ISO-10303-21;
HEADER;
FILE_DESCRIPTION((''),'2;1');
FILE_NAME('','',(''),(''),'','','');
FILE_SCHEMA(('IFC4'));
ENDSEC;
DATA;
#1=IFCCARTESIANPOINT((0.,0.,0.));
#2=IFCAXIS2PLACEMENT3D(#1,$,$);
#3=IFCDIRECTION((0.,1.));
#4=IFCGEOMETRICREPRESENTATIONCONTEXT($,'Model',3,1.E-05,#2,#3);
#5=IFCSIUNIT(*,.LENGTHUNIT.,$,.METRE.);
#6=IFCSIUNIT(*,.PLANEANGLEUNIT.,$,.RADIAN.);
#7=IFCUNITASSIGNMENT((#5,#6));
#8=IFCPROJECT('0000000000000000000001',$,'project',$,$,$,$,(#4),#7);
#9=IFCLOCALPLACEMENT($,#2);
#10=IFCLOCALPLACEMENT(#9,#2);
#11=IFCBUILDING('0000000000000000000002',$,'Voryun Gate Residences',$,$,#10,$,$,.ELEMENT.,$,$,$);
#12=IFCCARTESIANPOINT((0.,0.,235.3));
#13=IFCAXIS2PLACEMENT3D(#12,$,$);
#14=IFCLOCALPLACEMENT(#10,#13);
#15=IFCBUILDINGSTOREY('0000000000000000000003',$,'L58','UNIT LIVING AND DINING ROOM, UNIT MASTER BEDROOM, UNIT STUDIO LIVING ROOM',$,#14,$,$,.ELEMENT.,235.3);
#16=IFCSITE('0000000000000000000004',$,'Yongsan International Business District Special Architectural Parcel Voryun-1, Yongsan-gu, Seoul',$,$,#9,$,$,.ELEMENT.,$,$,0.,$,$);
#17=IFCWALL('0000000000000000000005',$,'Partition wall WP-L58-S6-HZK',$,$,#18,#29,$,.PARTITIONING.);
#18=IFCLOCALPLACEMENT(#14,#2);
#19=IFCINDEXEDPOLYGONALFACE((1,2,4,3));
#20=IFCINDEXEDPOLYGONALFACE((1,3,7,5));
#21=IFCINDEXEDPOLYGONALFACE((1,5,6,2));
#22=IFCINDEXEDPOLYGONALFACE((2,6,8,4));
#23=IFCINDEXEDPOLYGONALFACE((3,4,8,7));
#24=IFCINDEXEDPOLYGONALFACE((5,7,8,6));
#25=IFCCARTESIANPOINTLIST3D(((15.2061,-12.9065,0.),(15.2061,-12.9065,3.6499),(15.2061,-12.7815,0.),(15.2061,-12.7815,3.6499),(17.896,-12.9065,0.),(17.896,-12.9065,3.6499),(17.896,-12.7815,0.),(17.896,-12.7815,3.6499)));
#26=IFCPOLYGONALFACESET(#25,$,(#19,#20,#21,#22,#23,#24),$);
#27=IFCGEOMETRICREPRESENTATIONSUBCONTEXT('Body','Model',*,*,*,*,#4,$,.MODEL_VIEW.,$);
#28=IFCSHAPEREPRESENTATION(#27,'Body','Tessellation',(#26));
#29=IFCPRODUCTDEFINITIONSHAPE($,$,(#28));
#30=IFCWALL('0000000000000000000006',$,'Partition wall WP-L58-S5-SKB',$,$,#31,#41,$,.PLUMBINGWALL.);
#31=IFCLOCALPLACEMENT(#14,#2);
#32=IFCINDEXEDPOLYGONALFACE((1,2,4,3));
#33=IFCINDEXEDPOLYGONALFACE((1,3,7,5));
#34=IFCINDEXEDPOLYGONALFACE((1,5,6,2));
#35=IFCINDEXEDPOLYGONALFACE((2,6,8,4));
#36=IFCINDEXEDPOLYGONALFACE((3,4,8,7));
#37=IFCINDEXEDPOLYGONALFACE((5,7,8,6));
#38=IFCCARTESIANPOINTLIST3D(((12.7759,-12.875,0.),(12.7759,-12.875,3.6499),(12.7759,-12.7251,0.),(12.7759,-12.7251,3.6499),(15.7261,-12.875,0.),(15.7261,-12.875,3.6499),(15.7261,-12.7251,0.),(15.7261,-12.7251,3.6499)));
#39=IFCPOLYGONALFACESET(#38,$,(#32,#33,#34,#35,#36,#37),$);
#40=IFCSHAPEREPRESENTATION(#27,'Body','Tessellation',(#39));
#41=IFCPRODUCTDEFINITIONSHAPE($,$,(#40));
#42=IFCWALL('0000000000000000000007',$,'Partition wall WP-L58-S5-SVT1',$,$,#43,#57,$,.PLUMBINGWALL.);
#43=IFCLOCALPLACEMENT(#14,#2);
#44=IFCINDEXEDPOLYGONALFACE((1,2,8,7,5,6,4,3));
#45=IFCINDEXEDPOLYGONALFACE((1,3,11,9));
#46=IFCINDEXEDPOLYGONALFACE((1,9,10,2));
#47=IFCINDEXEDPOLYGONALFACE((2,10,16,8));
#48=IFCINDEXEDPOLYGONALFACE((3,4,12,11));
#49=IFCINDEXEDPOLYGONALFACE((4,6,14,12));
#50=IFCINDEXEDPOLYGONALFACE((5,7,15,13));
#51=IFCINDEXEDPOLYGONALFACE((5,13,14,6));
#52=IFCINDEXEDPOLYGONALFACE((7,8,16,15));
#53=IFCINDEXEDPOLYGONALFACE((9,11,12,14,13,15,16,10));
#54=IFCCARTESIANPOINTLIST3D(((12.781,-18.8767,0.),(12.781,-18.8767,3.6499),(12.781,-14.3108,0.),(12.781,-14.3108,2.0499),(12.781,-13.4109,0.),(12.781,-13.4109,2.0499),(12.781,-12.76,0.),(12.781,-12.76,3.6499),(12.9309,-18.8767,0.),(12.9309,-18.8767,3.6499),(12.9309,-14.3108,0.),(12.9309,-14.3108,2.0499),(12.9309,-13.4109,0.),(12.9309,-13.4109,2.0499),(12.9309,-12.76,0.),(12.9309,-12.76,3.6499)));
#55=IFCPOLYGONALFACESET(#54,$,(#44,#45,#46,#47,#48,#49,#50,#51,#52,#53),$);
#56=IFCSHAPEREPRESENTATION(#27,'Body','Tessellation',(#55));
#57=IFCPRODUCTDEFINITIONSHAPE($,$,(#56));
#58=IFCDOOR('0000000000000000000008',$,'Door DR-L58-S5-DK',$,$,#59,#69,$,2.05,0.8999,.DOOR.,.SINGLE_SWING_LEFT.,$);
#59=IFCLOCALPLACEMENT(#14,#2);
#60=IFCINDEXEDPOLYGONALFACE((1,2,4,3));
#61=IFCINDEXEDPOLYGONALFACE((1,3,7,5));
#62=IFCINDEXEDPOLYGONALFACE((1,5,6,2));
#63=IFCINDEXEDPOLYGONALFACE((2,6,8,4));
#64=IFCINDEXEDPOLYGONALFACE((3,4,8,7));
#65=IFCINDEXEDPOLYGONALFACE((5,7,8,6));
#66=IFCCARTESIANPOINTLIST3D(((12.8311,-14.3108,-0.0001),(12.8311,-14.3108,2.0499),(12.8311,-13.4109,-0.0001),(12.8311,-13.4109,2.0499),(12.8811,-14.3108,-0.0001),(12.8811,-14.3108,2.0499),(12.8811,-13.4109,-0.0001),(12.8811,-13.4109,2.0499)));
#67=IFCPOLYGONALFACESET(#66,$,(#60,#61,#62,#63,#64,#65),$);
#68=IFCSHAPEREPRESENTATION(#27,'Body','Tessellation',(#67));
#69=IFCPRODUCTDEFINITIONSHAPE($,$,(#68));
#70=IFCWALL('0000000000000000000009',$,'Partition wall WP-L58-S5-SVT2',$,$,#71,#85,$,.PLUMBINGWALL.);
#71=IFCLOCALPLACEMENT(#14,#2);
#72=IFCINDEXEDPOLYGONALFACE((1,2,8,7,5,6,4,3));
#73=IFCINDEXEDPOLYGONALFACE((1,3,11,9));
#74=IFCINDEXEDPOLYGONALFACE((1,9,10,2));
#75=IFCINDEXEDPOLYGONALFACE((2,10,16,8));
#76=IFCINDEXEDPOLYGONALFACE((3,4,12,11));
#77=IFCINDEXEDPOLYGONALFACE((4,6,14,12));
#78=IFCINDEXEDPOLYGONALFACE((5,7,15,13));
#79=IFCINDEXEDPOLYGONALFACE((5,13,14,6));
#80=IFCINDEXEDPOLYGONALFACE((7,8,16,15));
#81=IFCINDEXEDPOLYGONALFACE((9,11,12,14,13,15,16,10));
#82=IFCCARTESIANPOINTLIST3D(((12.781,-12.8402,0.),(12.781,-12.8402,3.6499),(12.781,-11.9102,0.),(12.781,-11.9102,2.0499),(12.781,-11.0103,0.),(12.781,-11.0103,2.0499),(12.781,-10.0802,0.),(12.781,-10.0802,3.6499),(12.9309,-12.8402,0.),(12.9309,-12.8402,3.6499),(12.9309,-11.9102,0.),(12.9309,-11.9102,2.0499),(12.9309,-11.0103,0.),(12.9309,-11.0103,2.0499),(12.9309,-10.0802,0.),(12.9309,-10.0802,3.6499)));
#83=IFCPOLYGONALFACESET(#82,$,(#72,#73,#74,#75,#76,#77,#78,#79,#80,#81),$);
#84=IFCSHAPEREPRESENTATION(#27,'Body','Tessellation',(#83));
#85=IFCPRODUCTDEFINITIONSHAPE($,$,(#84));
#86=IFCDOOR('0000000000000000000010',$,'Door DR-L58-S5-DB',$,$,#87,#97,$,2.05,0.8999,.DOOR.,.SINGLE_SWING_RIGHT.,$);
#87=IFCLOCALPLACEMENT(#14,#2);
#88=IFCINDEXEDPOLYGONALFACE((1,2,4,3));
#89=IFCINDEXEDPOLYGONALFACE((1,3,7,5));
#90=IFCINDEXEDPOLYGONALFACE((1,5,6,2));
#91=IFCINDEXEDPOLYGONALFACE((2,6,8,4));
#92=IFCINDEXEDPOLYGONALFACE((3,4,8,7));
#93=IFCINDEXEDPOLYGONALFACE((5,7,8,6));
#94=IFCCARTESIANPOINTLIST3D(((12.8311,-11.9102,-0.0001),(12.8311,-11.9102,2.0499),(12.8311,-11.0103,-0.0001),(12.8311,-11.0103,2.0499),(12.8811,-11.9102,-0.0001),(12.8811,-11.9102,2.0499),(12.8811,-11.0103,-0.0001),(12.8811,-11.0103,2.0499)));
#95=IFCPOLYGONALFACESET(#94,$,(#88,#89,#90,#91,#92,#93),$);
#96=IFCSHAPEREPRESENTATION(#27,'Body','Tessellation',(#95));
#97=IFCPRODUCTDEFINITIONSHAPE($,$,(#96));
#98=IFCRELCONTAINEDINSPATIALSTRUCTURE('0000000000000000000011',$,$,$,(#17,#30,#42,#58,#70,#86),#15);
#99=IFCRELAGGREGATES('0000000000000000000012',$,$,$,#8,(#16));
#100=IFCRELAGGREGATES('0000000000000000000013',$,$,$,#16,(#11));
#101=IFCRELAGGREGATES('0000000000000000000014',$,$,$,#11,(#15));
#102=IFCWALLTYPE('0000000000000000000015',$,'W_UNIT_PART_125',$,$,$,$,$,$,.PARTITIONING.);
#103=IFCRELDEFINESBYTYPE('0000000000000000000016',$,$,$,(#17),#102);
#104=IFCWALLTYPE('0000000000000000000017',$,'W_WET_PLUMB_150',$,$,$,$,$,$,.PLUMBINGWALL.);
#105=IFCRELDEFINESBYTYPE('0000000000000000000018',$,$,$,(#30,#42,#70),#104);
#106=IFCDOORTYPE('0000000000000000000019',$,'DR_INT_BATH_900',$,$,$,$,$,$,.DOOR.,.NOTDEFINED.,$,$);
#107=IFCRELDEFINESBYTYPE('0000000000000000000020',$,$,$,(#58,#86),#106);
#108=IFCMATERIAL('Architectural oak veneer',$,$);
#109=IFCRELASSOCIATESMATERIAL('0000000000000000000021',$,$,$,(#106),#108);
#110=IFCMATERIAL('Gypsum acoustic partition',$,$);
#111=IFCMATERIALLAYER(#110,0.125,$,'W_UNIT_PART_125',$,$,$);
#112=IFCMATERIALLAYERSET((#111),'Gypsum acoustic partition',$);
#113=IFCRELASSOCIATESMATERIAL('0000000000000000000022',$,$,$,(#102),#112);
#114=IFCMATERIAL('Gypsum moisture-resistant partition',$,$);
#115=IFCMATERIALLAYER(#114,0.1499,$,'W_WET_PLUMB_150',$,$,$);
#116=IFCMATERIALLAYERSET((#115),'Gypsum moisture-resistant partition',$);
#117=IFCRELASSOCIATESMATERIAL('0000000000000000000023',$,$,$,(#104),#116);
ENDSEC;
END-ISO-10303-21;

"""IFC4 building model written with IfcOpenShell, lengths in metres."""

from ifc_helpers import new_model, si_unit, direction, frame, frame_2d, origin, place, context, subcontext, project, spatial, rectangle, extrude, material, layer, layer_set, type_object, element, fill, save


model = new_model("IFC4")

# Units and contexts
model_context = context("Model", 3, precision=1e-05, world=origin(), true_north=direction((0.0, 1.0)))
body_context = subcontext(model_context, "Body", "Model", "MODEL_VIEW")
ifc_project = project(units=[si_unit("LENGTHUNIT", "METRE"), si_unit("PLANEANGLEUNIT", "RADIAN")], contexts=[model_context])

# Site, building, storey
site_placement = place(None, origin())
site = spatial("IfcSite", under=ifc_project, at=site_placement, Name="Yongsan International Business District Special Architectural Parcel Voryun-1, Yongsan-gu, Seoul", CompositionType="ELEMENT", RefElevation=0.0)
building_placement = place(site_placement, origin())
building = spatial("IfcBuilding", under=site, at=building_placement, Name="Voryun Gate Residences", CompositionType="ELEMENT")
storey_placement = place(building_placement, frame((0.0, 0.0, 235.3)))
storey = spatial("IfcBuildingStorey", under=building, at=storey_placement, Name="L58", Description="UNIT LIVING AND DINING ROOM, UNIT MASTER BEDROOM, UNIT STUDIO LIVING ROOM", CompositionType="ELEMENT", Elevation=235.3)

# Shared definitions
ifc_material_1 = material(Name="Architectural oak veneer")
door_type_1 = type_object("IfcDoorType", Name="DR_INT_BATH_900", OperationType="NOTDEFINED", PredefinedType="DOOR", material=ifc_material_1)

# Walls
ifc_material_2 = material(Name="Gypsum acoustic partition")
ifc_layer_1 = layer(ifc_material_2, 0.125, Name="W_UNIT_PART_125")
ifc_layer_set_1 = layer_set([ifc_layer_1], Name="Gypsum acoustic partition")
wall_type_1 = type_object("IfcWallType", Name="W_UNIT_PART_125", PredefinedType="PARTITIONING", material=ifc_layer_set_1)
wall_1_placement = place(storey_placement, frame((15.2061, -12.844, 0.0), z_axis=(0.0, 0.0, 1.0), x_axis=(1.0, 0.0, 0.0)))
element("IfcWall", 1, at=wall_1_placement, inside=storey, type_object=wall_type_1, Name="Partition wall WP-L58-S6-HZK", PredefinedType="PARTITIONING", context=body_context, shape_type="SweptSolid", body=[
    extrude(rectangle(XDim=2.6899, YDim=0.125, at=frame_2d((1.345, 0.0))), origin(), (0.0, 0.0, 1.0), 3.6499),
])
ifc_material_3 = material(Name="Gypsum moisture-resistant partition")
ifc_layer_2 = layer(ifc_material_3, 0.1499, Name="W_WET_PLUMB_150")
ifc_layer_set_2 = layer_set([ifc_layer_2], Name="Gypsum moisture-resistant partition")
wall_type_2 = type_object("IfcWallType", Name="W_WET_PLUMB_150", PredefinedType="PLUMBINGWALL", material=ifc_layer_set_2)
wall_2_placement = place(storey_placement, frame((12.7759, -12.8, 0.0), z_axis=(0.0, 0.0, 1.0), x_axis=(1.0, 0.0, 0.0)))
element("IfcWall", 2, at=wall_2_placement, inside=storey, type_object=wall_type_2, Name="Partition wall WP-L58-S5-SKB", PredefinedType="PLUMBINGWALL", context=body_context, shape_type="SweptSolid", body=[
    extrude(rectangle(XDim=2.9502, YDim=0.1499, at=frame_2d((1.4751, 0.0))), origin(), (0.0, 0.0, 1.0), 3.6499),
])

# Walls, openings, doors
wall_3_placement = place(storey_placement, frame((12.856, -18.8767, 0.0), z_axis=(0.0, 0.0, 1.0), x_axis=(0.0, 1.0, 0.0)))
wall_3 = element("IfcWall", 3, at=wall_3_placement, inside=storey, type_object=wall_type_2, Name="Partition wall WP-L58-S5-SVT1", PredefinedType="PLUMBINGWALL", context=body_context, shape_type="SweptSolid", body=[
    extrude(rectangle(XDim=6.1167, YDim=0.1499, at=frame_2d((3.0583, 0.0))), origin(), (0.0, 0.0, 1.0), 3.6499),
])
opening_1_placement = place(wall_3_placement, frame((4.5659, 0.0, 0.0)))
opening_1 = element("IfcOpeningElement", 4, at=opening_1_placement, cuts=wall_3, PredefinedType="OPENING", context=body_context, shape_type="SweptSolid", body=[
    extrude(rectangle(XDim=0.8999, YDim=2.05, at=frame_2d((0.45, 1.0249))), frame((0.0, 0.085, 0.0), z_axis=(0.0, -1.0, 0.0), x_axis=(1.0, 0.0, 0.0)), (0.0, 0.0, 1.0), 0.1699),
])
door_1_placement = place(opening_1_placement, origin())
door_1 = element("IfcDoor", 5, at=door_1_placement, inside=storey, type_object=door_type_1, Name="Door DR-L58-S5-DK", OperationType="SINGLE_SWING_LEFT", OverallHeight=2.05, OverallWidth=0.8999, PredefinedType="DOOR", context=body_context, shape_type="SweptSolid", body=[
    extrude(rectangle(XDim=0.8999, YDim=2.05, at=frame_2d((0.45, 1.0249))), frame((0.0, 0.0249, 0.0), z_axis=(0.0, -1.0, 0.0), x_axis=(1.0, 0.0, 0.0)), (0.0, 0.0, 1.0), 0.05),
])
fill(opening_1, door_1)
wall_4_placement = place(storey_placement, frame((12.856, -12.8401, 0.0), z_axis=(0.0, 0.0, 1.0), x_axis=(0.0, 1.0, 0.0)))
wall_4 = element("IfcWall", 6, at=wall_4_placement, inside=storey, type_object=wall_type_2, Name="Partition wall WP-L58-S5-SVT2", PredefinedType="PLUMBINGWALL", context=body_context, shape_type="SweptSolid", body=[
    extrude(rectangle(XDim=2.76, YDim=0.1499, at=frame_2d((1.3799, 0.0))), origin(), (0.0, 0.0, 1.0), 3.6499),
])
opening_2_placement = place(wall_4_placement, frame((0.9299, 0.0, 0.0)))
opening_2 = element("IfcOpeningElement", 7, at=opening_2_placement, cuts=wall_4, PredefinedType="OPENING", context=body_context, shape_type="SweptSolid", body=[
    extrude(rectangle(XDim=0.8999, YDim=2.05, at=frame_2d((0.45, 1.0249))), frame((0.0, 0.085, 0.0), z_axis=(0.0, -1.0, 0.0), x_axis=(1.0, 0.0, 0.0)), (0.0, 0.0, 1.0), 0.1699),
])
door_2_placement = place(opening_2_placement, origin())
door_2 = element("IfcDoor", 8, at=door_2_placement, inside=storey, type_object=door_type_1, Name="Door DR-L58-S5-DB", OperationType="SINGLE_SWING_RIGHT", OverallHeight=2.05, OverallWidth=0.8999, PredefinedType="DOOR", context=body_context, shape_type="SweptSolid", body=[
    extrude(rectangle(XDim=0.8999, YDim=2.05, at=frame_2d((0.45, 1.0249))), frame((0.0, 0.0249, 0.0), z_axis=(0.0, -1.0, 0.0), x_axis=(1.0, 0.0, 0.0)), (0.0, 0.0, 1.0), 0.05),
])
fill(opening_2, door_2)

save(model, "model.ifc")
